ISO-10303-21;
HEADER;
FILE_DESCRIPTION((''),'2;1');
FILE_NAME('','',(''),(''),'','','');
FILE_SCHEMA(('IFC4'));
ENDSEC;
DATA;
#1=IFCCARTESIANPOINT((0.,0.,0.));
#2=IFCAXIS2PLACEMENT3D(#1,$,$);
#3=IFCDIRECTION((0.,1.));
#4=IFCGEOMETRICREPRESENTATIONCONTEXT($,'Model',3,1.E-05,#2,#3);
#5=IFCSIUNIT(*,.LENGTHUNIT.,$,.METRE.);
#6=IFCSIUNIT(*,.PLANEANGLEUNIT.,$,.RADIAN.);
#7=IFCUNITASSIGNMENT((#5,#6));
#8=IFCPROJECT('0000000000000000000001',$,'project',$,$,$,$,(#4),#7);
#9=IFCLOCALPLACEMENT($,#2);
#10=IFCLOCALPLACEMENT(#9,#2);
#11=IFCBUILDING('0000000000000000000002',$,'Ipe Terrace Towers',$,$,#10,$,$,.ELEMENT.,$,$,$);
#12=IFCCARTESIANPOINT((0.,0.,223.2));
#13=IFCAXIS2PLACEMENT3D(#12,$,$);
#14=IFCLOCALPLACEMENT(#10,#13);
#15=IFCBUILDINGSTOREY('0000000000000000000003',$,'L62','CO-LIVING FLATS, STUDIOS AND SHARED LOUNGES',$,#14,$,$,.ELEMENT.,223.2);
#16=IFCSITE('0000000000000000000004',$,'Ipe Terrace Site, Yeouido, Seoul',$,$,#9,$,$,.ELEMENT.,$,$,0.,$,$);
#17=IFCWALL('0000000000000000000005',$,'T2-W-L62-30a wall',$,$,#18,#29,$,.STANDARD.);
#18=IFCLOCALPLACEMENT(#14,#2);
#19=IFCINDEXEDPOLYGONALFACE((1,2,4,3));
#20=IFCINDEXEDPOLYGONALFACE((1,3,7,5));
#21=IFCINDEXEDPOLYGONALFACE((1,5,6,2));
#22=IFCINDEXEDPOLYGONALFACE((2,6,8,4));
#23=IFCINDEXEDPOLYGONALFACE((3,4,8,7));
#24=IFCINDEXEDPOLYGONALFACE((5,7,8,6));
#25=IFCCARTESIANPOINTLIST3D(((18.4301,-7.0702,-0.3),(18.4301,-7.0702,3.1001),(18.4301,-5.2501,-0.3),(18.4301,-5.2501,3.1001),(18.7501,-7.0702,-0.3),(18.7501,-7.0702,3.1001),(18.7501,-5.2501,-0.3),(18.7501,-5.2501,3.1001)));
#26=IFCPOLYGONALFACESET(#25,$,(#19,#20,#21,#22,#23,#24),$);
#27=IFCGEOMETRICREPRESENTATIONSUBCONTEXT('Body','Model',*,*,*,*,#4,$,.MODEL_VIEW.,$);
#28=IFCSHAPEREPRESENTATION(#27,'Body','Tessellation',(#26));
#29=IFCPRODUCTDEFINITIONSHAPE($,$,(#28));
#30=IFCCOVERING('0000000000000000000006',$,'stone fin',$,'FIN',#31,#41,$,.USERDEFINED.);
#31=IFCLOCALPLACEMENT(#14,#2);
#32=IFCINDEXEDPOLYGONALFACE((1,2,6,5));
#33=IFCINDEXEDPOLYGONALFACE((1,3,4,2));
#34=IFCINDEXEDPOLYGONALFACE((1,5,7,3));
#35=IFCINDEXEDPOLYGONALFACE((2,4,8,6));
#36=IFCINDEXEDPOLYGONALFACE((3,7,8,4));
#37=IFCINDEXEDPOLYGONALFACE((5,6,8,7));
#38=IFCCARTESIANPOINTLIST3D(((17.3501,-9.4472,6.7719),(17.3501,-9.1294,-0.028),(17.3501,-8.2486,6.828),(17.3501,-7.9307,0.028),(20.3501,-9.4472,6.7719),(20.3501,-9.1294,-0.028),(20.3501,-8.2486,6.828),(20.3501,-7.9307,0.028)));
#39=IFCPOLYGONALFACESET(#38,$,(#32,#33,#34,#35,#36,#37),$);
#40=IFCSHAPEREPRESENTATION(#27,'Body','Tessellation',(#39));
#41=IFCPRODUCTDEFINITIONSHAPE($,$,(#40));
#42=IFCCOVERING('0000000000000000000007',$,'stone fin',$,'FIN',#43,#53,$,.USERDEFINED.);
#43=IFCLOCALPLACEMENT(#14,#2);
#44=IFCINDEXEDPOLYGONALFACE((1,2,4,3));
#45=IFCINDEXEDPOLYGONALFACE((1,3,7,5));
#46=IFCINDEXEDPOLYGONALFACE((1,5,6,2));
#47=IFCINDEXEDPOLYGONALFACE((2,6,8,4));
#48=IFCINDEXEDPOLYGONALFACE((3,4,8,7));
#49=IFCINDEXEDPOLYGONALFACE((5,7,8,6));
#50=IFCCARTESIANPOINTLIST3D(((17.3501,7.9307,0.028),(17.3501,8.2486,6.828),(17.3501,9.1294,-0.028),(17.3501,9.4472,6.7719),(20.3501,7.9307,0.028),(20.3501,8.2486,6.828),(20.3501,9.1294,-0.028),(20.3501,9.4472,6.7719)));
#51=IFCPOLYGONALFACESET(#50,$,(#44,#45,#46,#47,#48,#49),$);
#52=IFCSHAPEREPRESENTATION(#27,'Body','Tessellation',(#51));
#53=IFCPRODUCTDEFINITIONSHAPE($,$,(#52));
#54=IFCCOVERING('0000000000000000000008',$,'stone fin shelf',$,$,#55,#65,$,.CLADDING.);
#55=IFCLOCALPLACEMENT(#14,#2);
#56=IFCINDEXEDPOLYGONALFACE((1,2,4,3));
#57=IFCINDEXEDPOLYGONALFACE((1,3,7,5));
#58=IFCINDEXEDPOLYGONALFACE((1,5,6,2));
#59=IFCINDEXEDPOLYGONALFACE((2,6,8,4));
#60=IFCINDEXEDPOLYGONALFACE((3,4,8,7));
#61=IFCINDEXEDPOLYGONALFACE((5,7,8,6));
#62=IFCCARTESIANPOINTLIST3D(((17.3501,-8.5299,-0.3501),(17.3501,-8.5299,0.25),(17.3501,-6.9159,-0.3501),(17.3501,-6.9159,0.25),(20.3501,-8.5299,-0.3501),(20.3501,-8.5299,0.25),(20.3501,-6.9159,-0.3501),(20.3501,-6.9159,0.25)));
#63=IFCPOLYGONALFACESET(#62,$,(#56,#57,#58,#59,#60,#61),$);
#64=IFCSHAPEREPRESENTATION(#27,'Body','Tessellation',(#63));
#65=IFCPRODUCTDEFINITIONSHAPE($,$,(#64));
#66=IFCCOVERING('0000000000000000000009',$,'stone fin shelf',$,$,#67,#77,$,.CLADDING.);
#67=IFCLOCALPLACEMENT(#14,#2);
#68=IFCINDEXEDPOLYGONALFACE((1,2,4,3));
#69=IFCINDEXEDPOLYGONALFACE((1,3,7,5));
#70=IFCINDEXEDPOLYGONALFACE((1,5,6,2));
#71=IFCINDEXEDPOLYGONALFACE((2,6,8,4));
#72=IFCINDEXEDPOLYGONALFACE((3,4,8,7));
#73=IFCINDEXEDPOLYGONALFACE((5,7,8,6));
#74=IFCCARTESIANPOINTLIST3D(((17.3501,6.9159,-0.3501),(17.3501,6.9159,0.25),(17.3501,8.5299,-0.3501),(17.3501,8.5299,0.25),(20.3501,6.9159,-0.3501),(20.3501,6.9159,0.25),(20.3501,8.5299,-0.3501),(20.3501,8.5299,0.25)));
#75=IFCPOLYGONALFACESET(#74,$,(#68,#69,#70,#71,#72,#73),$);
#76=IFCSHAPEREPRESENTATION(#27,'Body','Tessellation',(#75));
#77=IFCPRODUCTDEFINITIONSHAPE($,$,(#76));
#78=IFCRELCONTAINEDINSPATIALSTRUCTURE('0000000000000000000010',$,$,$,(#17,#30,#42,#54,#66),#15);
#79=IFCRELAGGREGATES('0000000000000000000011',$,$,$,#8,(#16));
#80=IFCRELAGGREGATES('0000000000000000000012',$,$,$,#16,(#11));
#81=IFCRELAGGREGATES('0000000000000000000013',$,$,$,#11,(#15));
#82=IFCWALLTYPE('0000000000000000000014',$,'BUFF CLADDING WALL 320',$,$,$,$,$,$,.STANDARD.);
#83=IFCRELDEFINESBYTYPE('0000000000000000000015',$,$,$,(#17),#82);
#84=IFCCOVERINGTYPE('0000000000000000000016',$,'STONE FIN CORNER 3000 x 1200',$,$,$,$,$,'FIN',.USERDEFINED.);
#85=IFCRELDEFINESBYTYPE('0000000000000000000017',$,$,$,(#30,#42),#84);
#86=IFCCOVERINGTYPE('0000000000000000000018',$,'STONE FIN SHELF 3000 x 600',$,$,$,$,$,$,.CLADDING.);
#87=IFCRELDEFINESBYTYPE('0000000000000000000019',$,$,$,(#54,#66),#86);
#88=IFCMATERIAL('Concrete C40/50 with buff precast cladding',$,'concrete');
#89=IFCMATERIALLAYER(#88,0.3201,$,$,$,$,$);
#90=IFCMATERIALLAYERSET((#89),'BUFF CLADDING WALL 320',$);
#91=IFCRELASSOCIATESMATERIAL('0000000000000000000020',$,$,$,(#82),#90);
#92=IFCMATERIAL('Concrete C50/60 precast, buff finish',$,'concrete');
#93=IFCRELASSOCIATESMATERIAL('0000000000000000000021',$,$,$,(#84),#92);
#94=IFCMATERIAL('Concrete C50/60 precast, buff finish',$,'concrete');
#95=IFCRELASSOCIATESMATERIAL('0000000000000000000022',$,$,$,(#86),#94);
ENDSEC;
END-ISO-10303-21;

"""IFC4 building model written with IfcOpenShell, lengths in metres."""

from ifc_helpers import new_model, si_unit, direction, frame, frame_2d, origin, origin_2d, place, context, subcontext, project, spatial, rectangle, extrude, material, layer, layer_set, material_profile, profile_set, type_object, element, save


model = new_model("IFC4")

# Units and contexts
model_context = context("Model", 3, precision=1e-05, world=origin(), true_north=direction((0.0, 1.0)))
body_context = subcontext(model_context, "Body", "Model", "MODEL_VIEW")
ifc_project = project(units=[si_unit("LENGTHUNIT", "METRE"), si_unit("PLANEANGLEUNIT", "RADIAN")], contexts=[model_context])

# Site, building, storey
site_placement = place(None, origin())
site = spatial("IfcSite", under=ifc_project, at=site_placement, Name="Ipe Terrace Site, Yeouido, Seoul", CompositionType="ELEMENT", RefElevation=0.0)
building_placement = place(site_placement, origin())
building = spatial("IfcBuilding", under=site, at=building_placement, Name="Ipe Terrace Towers", CompositionType="ELEMENT")
storey_placement = place(building_placement, frame((0.0, 0.0, 223.2)))
storey = spatial("IfcBuildingStorey", under=building, at=storey_placement, Name="L62", Description="CO-LIVING FLATS, STUDIOS AND SHARED LOUNGES", CompositionType="ELEMENT", Elevation=223.2)

# Shared definitions
ifc_material_1 = material(Name="Concrete C40/50 with buff precast cladding", Category="concrete")
ifc_layer_1 = layer(ifc_material_1, 0.3201)
ifc_layer_set_1 = layer_set([ifc_layer_1], Name="BUFF CLADDING WALL 320")
wall_type = type_object("IfcWallType", Name="BUFF CLADDING WALL 320", PredefinedType="STANDARD", material=ifc_layer_set_1)

# Wall
wall_1_placement = place(storey_placement, frame((18.5901, -5.25, -0.3), z_axis=(0.0, 0.0, 1.0), x_axis=(0.0, -1.0, 0.0)))
element("IfcWall", 1, at=wall_1_placement, inside=storey, type_object=wall_type, Name="T2-W-L62-30a wall", PredefinedType="STANDARD", context=body_context, shape_type="SweptSolid", body=[
    extrude(rectangle(XDim=1.8201, YDim=0.3201, at=frame_2d((0.9102, 0.0))), origin(), (0.0, 0.0, 1.0), 3.4001),
])

# Coverings
ifc_material_2 = material(Name="Concrete C50/60 precast, buff finish", Category="concrete")
ifc_material_profile_1 = material_profile(ifc_material_2, rectangle(XDim=3.0, YDim=1.2, at=origin_2d()), Name="STONE FIN CORNER 3000 x 1200")
ifc_profile_set_1 = profile_set([ifc_material_profile_1], Name="Concrete C50/60 precast, buff finish")
covering_type_1 = type_object("IfcCoveringType", Name="STONE FIN CORNER 3000 x 1200", ElementType="FIN", PredefinedType="USERDEFINED", material=ifc_profile_set_1)
for number, where, z_axis, x_axis, name in (
    (2, (18.8501, -8.53, 0.0), (0.0, -0.046694, 0.998909), (1.0, 0.0, 0.0), "stone fin"),
    (3, (18.8501, 8.53, 0.0), (0.0, 0.046694, 0.998909), (-1.0, 0.0, 0.0), "stone fin"),
):
    element("IfcCovering", number, at=place(storey_placement, frame(where, z_axis=z_axis, x_axis=x_axis)), inside=storey, type_object=covering_type_1, Name=name, ObjectType="FIN", PredefinedType="USERDEFINED", context=body_context, shape_type="SweptSolid", body=[
        extrude(rectangle(XDim=3.0, YDim=1.2, at=origin_2d()), origin(), (0.0, 0.0, 1.0), 6.8074),
    ])
ifc_material_3 = material(Name="Concrete C50/60 precast, buff finish", Category="concrete")
covering_type_2 = type_object("IfcCoveringType", Name="STONE FIN SHELF 3000 x 600", PredefinedType="CLADDING", material=ifc_material_3)
for number, where, z_axis, x_axis, name in (
    (4, (18.8501, -7.7229, -0.3501), (0.0, 0.0, 1.0), (1.0, 0.0, 0.0), "stone fin shelf"),
    (5, (18.8501, 7.7229, -0.3501), (0.0, 0.0, 1.0), (-1.0, 0.0, 0.0), "stone fin shelf"),
):
    element("IfcCovering", number, at=place(storey_placement, frame(where, z_axis=z_axis, x_axis=x_axis)), inside=storey, type_object=covering_type_2, Name=name, PredefinedType="CLADDING", context=body_context, shape_type="SweptSolid", body=[
        extrude(rectangle(XDim=3.0, YDim=1.614, at=origin_2d()), origin(), (0.0, 0.0, 1.0), 0.6001),
    ])

save(model, "model.ifc")
